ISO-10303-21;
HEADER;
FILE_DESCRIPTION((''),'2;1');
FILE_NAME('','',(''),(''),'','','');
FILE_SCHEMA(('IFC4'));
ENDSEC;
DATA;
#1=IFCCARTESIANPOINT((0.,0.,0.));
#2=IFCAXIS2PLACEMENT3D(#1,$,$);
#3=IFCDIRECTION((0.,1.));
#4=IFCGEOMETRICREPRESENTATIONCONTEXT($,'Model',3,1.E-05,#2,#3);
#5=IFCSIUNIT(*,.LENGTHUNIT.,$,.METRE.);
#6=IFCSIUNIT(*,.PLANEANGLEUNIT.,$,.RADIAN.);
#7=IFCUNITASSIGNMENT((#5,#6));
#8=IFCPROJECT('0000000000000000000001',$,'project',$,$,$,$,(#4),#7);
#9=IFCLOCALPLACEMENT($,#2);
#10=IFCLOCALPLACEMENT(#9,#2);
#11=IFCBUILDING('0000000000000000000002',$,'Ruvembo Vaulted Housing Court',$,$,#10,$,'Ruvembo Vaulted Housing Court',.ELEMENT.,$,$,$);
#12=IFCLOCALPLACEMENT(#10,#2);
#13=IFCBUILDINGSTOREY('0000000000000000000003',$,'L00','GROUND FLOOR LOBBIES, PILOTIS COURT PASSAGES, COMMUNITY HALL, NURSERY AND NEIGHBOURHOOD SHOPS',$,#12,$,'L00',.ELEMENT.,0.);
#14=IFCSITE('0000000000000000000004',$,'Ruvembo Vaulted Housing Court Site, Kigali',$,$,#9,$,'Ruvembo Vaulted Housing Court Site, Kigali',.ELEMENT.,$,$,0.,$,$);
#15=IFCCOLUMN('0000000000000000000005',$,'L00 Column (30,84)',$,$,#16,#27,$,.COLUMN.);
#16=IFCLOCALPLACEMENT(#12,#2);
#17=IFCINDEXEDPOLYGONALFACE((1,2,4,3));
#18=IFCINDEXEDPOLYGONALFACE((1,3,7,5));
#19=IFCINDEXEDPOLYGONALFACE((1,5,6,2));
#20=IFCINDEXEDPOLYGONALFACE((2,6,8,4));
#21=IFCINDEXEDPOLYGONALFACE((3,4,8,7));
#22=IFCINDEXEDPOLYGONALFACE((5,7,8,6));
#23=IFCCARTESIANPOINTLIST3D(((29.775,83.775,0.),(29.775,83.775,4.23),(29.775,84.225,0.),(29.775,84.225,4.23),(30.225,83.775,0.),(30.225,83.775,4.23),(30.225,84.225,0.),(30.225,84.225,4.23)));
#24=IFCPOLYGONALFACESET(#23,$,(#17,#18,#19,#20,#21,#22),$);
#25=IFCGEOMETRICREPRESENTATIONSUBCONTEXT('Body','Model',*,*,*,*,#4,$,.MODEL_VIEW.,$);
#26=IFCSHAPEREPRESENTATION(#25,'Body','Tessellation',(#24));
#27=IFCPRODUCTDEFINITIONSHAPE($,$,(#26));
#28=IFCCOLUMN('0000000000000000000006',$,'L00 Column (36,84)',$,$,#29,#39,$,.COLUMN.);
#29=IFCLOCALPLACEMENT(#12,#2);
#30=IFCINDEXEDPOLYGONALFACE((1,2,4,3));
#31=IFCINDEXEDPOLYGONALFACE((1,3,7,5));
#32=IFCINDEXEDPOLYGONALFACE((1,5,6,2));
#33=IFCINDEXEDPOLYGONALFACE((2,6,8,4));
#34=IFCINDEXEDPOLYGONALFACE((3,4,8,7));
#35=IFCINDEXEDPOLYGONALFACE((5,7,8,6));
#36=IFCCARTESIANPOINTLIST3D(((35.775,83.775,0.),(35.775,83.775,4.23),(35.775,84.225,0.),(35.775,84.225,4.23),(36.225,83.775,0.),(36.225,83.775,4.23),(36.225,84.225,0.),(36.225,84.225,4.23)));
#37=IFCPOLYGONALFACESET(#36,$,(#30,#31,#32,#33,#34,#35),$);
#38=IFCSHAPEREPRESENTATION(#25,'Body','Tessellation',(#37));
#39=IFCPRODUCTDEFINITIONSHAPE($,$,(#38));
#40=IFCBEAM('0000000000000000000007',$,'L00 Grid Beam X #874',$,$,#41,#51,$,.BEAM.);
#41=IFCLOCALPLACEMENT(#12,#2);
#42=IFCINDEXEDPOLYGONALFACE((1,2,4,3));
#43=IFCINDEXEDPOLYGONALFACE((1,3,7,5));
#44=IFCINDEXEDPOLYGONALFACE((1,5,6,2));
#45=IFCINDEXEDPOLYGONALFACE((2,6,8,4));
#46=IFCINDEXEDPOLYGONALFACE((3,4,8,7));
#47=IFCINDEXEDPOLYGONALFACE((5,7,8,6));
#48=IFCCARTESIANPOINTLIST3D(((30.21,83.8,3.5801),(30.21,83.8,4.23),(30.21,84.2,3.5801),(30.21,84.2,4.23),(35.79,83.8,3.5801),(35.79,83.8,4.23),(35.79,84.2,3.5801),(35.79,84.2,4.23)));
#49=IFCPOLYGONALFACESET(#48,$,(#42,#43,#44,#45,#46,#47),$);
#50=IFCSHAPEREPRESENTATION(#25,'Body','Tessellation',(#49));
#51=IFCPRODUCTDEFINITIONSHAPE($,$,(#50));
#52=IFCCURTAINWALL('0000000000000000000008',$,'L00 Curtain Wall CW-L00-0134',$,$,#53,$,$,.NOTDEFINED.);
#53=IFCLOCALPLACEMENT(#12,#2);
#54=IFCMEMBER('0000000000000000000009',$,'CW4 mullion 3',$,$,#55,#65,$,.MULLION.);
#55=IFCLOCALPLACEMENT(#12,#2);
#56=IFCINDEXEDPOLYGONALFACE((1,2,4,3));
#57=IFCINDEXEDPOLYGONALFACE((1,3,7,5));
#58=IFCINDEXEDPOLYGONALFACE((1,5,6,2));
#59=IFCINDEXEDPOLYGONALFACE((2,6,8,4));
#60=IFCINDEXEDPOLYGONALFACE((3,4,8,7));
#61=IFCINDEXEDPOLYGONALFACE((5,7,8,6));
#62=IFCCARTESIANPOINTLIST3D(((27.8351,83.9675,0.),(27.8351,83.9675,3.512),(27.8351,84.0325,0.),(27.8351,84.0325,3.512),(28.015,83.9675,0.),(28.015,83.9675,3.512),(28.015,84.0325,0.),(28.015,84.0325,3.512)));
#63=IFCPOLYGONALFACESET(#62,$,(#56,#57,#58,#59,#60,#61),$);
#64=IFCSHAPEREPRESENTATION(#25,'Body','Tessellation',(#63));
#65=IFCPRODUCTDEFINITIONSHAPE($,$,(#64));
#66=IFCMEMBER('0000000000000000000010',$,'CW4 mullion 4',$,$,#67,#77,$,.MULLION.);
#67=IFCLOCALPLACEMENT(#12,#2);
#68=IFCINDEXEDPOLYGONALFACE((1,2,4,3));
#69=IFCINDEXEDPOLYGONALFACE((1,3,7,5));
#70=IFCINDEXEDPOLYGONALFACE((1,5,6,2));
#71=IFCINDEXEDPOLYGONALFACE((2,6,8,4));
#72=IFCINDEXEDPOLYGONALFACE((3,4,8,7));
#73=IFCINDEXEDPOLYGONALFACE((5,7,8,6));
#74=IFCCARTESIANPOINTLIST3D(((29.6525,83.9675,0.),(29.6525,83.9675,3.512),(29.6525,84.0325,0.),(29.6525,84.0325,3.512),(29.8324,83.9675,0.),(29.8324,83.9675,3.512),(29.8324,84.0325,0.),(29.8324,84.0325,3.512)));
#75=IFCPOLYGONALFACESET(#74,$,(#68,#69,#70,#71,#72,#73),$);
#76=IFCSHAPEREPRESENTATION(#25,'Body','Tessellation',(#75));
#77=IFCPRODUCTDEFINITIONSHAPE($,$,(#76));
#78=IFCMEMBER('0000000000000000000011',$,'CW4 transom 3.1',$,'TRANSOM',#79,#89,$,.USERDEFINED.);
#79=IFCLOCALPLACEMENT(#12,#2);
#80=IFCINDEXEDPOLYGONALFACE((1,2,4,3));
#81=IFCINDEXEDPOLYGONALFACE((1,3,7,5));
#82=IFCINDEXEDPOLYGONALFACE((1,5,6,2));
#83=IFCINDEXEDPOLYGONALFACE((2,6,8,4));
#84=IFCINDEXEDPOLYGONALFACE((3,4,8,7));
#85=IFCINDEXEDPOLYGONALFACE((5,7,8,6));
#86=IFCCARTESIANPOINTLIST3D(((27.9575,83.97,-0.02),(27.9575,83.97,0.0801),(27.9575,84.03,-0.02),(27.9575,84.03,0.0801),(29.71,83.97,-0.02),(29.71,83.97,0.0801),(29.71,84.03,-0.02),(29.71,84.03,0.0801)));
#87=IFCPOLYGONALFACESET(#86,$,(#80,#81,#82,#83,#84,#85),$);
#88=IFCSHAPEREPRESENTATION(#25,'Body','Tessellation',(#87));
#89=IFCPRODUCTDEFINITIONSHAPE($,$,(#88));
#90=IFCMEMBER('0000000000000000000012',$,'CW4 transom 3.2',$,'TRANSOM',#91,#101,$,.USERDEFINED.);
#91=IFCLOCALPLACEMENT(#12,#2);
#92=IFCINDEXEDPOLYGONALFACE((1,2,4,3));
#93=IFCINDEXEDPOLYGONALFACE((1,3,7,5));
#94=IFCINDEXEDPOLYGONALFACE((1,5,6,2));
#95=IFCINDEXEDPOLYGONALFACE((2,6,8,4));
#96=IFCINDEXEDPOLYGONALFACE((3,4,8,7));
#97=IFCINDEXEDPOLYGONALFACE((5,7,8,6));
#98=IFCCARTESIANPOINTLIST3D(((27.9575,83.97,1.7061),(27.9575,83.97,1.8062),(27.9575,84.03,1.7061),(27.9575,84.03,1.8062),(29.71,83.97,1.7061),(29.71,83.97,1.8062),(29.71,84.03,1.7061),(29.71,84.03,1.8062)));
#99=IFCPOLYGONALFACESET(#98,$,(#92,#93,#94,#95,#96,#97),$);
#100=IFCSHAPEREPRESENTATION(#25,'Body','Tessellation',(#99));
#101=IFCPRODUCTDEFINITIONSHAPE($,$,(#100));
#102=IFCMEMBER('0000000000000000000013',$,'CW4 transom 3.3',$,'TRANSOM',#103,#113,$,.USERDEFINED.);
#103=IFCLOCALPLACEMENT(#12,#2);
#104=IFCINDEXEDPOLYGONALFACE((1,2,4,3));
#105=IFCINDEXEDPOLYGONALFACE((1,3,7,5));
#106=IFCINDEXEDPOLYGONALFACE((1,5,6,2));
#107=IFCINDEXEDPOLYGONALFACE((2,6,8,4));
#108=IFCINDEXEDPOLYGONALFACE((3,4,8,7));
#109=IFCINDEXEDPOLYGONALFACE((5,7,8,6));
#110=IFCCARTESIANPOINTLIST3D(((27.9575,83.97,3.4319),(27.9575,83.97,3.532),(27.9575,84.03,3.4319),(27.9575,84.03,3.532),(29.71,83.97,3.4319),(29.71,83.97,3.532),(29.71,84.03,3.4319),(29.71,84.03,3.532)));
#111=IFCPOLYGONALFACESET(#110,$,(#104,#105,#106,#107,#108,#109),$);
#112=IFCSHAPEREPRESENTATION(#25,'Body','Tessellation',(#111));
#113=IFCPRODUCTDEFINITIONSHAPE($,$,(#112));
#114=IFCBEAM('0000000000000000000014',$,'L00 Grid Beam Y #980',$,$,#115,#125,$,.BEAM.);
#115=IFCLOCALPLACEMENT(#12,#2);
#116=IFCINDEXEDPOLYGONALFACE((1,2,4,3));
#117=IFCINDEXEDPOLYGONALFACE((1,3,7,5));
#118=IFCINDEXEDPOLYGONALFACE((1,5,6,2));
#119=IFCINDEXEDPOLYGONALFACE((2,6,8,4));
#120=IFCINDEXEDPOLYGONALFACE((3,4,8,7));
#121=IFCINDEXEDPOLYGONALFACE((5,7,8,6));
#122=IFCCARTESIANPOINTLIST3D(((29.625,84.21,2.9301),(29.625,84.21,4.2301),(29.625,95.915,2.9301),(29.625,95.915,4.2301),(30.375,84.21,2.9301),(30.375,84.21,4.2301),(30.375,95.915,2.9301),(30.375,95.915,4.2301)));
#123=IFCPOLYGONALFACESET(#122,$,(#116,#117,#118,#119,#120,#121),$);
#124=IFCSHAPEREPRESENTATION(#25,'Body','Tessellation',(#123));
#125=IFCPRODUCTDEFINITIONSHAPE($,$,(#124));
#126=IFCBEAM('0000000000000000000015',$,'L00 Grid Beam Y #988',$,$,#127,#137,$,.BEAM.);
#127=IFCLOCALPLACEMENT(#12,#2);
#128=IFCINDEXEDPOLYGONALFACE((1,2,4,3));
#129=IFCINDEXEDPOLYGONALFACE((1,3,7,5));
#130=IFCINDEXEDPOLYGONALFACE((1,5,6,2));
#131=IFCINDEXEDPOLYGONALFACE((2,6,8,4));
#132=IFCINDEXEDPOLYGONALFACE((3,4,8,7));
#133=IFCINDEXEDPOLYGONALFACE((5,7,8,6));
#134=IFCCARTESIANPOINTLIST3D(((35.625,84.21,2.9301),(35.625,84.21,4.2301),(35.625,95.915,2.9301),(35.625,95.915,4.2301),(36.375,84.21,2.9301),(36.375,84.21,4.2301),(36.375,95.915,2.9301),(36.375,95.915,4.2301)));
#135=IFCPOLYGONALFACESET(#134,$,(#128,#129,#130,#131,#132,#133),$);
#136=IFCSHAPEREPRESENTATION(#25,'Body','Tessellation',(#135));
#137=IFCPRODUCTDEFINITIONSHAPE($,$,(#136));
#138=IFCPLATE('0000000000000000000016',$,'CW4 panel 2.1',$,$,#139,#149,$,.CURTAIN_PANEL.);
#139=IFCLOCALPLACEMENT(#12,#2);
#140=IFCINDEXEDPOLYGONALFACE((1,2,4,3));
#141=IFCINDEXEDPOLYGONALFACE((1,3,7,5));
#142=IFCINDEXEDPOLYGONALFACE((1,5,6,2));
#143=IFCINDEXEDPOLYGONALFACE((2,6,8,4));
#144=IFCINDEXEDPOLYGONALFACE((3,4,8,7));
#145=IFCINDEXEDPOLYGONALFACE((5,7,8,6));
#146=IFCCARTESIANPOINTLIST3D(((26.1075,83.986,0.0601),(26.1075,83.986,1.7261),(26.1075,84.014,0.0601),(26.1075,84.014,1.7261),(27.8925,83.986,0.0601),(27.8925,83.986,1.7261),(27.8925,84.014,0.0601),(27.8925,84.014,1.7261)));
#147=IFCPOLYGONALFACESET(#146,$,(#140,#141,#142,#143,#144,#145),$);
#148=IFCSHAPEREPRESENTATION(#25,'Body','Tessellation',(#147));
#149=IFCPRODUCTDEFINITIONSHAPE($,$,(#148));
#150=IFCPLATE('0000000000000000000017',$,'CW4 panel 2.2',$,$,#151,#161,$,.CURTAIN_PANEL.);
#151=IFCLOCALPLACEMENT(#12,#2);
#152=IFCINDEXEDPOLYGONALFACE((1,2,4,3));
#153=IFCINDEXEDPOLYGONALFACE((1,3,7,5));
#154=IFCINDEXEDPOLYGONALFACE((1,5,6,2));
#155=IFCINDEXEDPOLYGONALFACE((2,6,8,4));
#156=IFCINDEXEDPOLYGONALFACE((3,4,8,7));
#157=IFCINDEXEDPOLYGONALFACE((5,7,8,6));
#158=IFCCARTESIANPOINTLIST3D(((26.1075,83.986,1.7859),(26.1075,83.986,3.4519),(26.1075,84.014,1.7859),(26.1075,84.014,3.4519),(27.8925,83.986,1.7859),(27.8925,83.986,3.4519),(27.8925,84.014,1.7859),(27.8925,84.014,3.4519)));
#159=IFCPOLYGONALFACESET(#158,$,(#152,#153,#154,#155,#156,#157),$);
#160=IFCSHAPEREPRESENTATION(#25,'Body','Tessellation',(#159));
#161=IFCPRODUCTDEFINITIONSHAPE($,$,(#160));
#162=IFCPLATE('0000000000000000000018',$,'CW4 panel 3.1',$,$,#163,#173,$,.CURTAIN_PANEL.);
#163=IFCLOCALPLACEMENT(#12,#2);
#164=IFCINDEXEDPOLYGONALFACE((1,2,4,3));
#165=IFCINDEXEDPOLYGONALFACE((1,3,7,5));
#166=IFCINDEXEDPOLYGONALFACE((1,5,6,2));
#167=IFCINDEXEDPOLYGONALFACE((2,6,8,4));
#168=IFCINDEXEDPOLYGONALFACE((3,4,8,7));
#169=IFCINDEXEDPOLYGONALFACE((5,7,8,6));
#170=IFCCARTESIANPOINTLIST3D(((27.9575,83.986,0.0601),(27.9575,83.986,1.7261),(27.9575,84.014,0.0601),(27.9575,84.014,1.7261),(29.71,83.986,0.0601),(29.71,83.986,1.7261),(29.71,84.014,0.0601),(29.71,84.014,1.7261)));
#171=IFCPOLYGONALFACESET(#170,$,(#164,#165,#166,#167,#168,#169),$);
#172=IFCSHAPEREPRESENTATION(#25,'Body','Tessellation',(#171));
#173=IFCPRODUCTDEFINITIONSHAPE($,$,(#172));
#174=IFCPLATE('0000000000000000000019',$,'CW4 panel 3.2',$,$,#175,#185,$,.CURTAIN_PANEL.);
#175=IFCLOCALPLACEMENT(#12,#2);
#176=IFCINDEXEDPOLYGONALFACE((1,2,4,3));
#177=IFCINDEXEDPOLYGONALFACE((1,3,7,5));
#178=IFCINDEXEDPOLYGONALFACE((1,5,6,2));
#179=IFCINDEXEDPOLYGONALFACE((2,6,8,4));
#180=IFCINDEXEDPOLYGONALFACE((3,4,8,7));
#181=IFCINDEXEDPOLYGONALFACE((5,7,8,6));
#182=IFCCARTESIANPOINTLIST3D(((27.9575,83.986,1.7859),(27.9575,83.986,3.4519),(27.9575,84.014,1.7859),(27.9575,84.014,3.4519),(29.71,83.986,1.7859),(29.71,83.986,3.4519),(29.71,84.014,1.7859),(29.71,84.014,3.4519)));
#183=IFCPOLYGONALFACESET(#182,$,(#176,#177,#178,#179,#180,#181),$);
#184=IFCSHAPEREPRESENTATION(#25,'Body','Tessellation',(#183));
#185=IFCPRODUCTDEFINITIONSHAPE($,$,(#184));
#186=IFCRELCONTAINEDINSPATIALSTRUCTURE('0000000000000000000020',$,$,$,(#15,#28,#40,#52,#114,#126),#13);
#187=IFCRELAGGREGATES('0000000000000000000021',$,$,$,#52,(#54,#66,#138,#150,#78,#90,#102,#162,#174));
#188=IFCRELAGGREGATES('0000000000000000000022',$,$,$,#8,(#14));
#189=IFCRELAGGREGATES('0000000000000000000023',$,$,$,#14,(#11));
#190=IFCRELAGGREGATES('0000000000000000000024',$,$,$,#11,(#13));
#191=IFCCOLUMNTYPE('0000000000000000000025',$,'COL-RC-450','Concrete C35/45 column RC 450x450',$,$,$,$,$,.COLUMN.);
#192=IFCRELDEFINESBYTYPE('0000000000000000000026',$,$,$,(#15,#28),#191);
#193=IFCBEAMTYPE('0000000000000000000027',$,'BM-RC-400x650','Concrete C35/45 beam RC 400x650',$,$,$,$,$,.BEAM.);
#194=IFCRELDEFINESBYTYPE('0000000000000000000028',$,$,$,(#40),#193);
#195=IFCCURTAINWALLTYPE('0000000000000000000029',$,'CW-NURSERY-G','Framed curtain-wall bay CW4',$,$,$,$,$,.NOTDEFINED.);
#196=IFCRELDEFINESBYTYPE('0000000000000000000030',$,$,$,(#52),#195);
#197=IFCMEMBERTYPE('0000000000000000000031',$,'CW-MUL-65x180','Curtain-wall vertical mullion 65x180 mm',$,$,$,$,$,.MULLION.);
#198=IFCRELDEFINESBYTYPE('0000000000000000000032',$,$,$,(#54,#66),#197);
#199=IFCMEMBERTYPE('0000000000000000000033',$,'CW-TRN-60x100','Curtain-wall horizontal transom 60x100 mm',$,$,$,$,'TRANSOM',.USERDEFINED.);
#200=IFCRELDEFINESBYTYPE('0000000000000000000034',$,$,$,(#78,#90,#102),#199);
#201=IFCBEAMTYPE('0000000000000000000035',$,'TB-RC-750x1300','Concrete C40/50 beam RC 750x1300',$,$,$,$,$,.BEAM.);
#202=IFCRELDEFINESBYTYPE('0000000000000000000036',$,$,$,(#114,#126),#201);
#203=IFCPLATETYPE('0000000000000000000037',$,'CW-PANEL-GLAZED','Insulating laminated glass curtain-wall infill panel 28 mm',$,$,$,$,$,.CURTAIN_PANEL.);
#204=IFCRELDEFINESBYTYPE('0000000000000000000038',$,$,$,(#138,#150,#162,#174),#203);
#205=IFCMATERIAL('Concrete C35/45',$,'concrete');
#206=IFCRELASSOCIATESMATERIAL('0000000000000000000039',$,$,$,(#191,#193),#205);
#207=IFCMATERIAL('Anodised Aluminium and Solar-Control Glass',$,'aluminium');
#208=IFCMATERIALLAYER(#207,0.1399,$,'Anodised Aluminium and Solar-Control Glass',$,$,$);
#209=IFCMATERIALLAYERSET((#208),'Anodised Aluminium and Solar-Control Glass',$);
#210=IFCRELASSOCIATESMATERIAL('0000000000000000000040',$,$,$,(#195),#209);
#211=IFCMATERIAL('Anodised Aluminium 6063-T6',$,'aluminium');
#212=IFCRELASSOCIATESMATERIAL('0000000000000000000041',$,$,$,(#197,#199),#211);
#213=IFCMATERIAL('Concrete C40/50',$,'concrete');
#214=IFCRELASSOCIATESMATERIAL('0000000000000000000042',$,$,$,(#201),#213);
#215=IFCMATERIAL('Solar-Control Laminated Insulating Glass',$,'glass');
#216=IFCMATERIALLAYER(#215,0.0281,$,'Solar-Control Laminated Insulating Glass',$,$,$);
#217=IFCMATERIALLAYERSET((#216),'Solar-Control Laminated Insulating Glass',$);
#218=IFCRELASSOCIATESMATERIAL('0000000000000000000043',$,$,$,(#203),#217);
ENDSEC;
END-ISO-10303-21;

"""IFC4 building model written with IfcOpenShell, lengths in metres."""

from ifc_helpers import new_model, si_unit, direction, frame, origin, origin_2d, place, context, subcontext, project, spatial, rectangle, extrude, material, layer, layer_set, material_profile, profile_set, type_object, element, aggregate, save


model = new_model("IFC4")

# Units and contexts
model_context = context("Model", 3, precision=1e-05, world=origin(), true_north=direction((0.0, 1.0)))
body_context = subcontext(model_context, "Body", "Model", "MODEL_VIEW")
ifc_project = project(units=[si_unit("LENGTHUNIT", "METRE"), si_unit("PLANEANGLEUNIT", "RADIAN")], contexts=[model_context])

# Site, building, storey
site_placement = place(None, origin())
site = spatial("IfcSite", under=ifc_project, at=site_placement, Name="Ruvembo Vaulted Housing Court Site, Kigali", LongName="Ruvembo Vaulted Housing Court Site, Kigali", CompositionType="ELEMENT", RefElevation=0.0)
building_placement = place(site_placement, origin())
building = spatial("IfcBuilding", under=site, at=building_placement, Name="Ruvembo Vaulted Housing Court", LongName="Ruvembo Vaulted Housing Court", CompositionType="ELEMENT")
storey_placement = place(building_placement, origin())
storey = spatial("IfcBuildingStorey", under=building, at=storey_placement, Name="L00", Description="GROUND FLOOR LOBBIES, PILOTIS COURT PASSAGES, COMMUNITY HALL, NURSERY AND NEIGHBOURHOOD SHOPS", LongName="L00", CompositionType="ELEMENT", Elevation=0.0)

# Columns
ifc_material_1 = material(Name="Concrete C35/45", Category="concrete")
ifc_material_profile_1 = material_profile(ifc_material_1, rectangle(XDim=0.45, YDim=0.45, at=origin_2d()), Name="RC 450x450")
ifc_profile_set_1 = profile_set([ifc_material_profile_1], Name="Concrete C35/45")
column_type = type_object("IfcColumnType", Name="COL-RC-450", Description="Concrete C35/45 column RC 450x450", PredefinedType="COLUMN", material=ifc_profile_set_1)
for number, where, z_axis, x_axis, name in (
    (1, (30.0, 84.0, 0.0), (0.0, 0.0, 1.0), (1.0, 0.0, 0.0), "L00 Column (30,84)"),
    (2, (36.0, 84.0, 0.0), (0.0, 0.0, 1.0), (1.0, 0.0, 0.0), "L00 Column (36,84)"),
):
    element("IfcColumn", number, at=place(storey_placement, frame(where, z_axis=z_axis, x_axis=x_axis)), inside=storey, type_object=column_type, Name=name, PredefinedType="COLUMN", context=body_context, shape_type="SweptSolid", body=[
        extrude(rectangle(XDim=0.45, YDim=0.45, at=origin_2d()), origin(), (0.0, 0.0, 1.0), 4.23),
    ])

# Beam
ifc_material_profile_2 = material_profile(ifc_material_1, rectangle(XDim=0.3999, YDim=0.6499, at=origin_2d()), Name="RC 400x650")
ifc_profile_set_2 = profile_set([ifc_material_profile_2], Name="Concrete C35/45")
beam_type_1 = type_object("IfcBeamType", Name="BM-RC-400x650", Description="Concrete C35/45 beam RC 400x650", PredefinedType="BEAM", material=ifc_profile_set_2)
beam_placement = place(storey_placement, frame((30.21, 84.0, 3.905), z_axis=(1.0, 0.0, 0.0), x_axis=(0.0, 1.0, 0.0)))
element("IfcBeam", 3, at=beam_placement, inside=storey, type_object=beam_type_1, Name="L00 Grid Beam X #874", PredefinedType="BEAM", context=body_context, shape_type="SweptSolid", body=[
    extrude(rectangle(XDim=0.3999, YDim=0.6499, at=origin_2d()), origin(), (0.0, 0.0, 1.0), 5.5801),
])

# Curtain wall, members
ifc_material_2 = material(Name="Anodised Aluminium and Solar-Control Glass", Category="aluminium")
ifc_layer_1 = layer(ifc_material_2, 0.1399, Name="Anodised Aluminium and Solar-Control Glass")
ifc_layer_set_1 = layer_set([ifc_layer_1], Name="Anodised Aluminium and Solar-Control Glass")
curtain_wall_type = type_object("IfcCurtainWallType", Name="CW-NURSERY-G", Description="Framed curtain-wall bay CW4", PredefinedType="NOTDEFINED", material=ifc_layer_set_1)
curtain_wall_placement = place(storey_placement, origin())
curtain_wall = element("IfcCurtainWall", 4, at=curtain_wall_placement, inside=storey, type_object=curtain_wall_type, Name="L00 Curtain Wall CW-L00-0134", PredefinedType="NOTDEFINED")
ifc_material_3 = material(Name="Anodised Aluminium 6063-T6", Category="aluminium")
ifc_material_profile_3 = material_profile(ifc_material_3, rectangle(XDim=0.0649, YDim=0.1799, at=origin_2d()), Name="ALU 65x180")
ifc_profile_set_3 = profile_set([ifc_material_profile_3], Name="Anodised Aluminium 6063-T6")
member_type_1 = type_object("IfcMemberType", Name="CW-MUL-65x180", Description="Curtain-wall vertical mullion 65x180 mm", PredefinedType="MULLION", material=ifc_profile_set_3)
member_1_placement = place(storey_placement, frame((27.925, 84.0, 0.0), z_axis=(0.0, 0.0, 1.0), x_axis=(0.0, 1.0, 0.0)))
member_1 = element("IfcMember", 5, at=member_1_placement, type_object=member_type_1, Name="CW4 mullion 3", PredefinedType="MULLION", context=body_context, shape_type="SweptSolid", body=[
    extrude(rectangle(XDim=0.0649, YDim=0.1799, at=origin_2d()), origin(), (0.0, 0.0, 1.0), 3.512),
])
member_2_placement = place(storey_placement, frame((29.7424, 84.0, 0.0), z_axis=(0.0, 0.0, 1.0), x_axis=(0.0, 1.0, 0.0)))
member_2 = element("IfcMember", 6, at=member_2_placement, type_object=member_type_1, Name="CW4 mullion 4", PredefinedType="MULLION", context=body_context, shape_type="SweptSolid", body=[
    extrude(rectangle(XDim=0.0649, YDim=0.1799, at=origin_2d()), origin(), (0.0, 0.0, 1.0), 3.512),
])
ifc_material_profile_4 = material_profile(ifc_material_3, rectangle(XDim=0.0601, YDim=0.1001, at=origin_2d()), Name="ALU 60x100")
ifc_profile_set_4 = profile_set([ifc_material_profile_4], Name="Anodised Aluminium 6063-T6")
member_type_2 = type_object("IfcMemberType", Name="CW-TRN-60x100", Description="Curtain-wall horizontal transom 60x100 mm", ElementType="TRANSOM", PredefinedType="USERDEFINED", material=ifc_profile_set_4)
member_3_placement = place(storey_placement, frame((27.9575, 84.0, 0.03), z_axis=(1.0, 0.0, 0.0), x_axis=(0.0, 1.0, 0.0)))
member_3 = element("IfcMember", 7, at=member_3_placement, type_object=member_type_2, Name="CW4 transom 3.1", ObjectType="TRANSOM", PredefinedType="USERDEFINED", context=body_context, shape_type="SweptSolid", body=[
    extrude(rectangle(XDim=0.0601, YDim=0.1001, at=origin_2d()), origin(), (0.0, 0.0, 1.0), 1.7524),
])
member_4_placement = place(storey_placement, frame((27.9575, 84.0, 1.7561), z_axis=(1.0, 0.0, 0.0), x_axis=(0.0, 1.0, 0.0)))
member_4 = element("IfcMember", 8, at=member_4_placement, type_object=member_type_2, Name="CW4 transom 3.2", ObjectType="TRANSOM", PredefinedType="USERDEFINED", context=body_context, shape_type="SweptSolid", body=[
    extrude(rectangle(XDim=0.0601, YDim=0.1001, at=origin_2d()), origin(), (0.0, 0.0, 1.0), 1.7524),
])
member_5_placement = place(storey_placement, frame((27.9575, 84.0, 3.4819), z_axis=(1.0, 0.0, 0.0), x_axis=(0.0, 1.0, 0.0)))
member_5 = element("IfcMember", 9, at=member_5_placement, type_object=member_type_2, Name="CW4 transom 3.3", ObjectType="TRANSOM", PredefinedType="USERDEFINED", context=body_context, shape_type="SweptSolid", body=[
    extrude(rectangle(XDim=0.0601, YDim=0.1001, at=origin_2d()), origin(), (0.0, 0.0, 1.0), 1.7524),
])

# Beams
ifc_material_4 = material(Name="Concrete C40/50", Category="concrete")
ifc_material_profile_5 = material_profile(ifc_material_4, rectangle(XDim=0.75, YDim=1.3, at=origin_2d()), Name="RC 750x1300")
ifc_profile_set_5 = profile_set([ifc_material_profile_5], Name="Concrete C40/50")
beam_type_2 = type_object("IfcBeamType", Name="TB-RC-750x1300", Description="Concrete C40/50 beam RC 750x1300", PredefinedType="BEAM", material=ifc_profile_set_5)
for number, where, z_axis, x_axis, name in (
    (10, (30.0, 84.21, 3.5801), (0.0, 1.0, 0.0), (-1.0, 0.0, 0.0), "L00 Grid Beam Y #980"),
    (11, (36.0, 84.21, 3.5801), (0.0, 1.0, 0.0), (-1.0, 0.0, 0.0), "L00 Grid Beam Y #988"),
):
    element("IfcBeam", number, at=place(storey_placement, frame(where, z_axis=z_axis, x_axis=x_axis)), inside=storey, type_object=beam_type_2, Name=name, PredefinedType="BEAM", context=body_context, shape_type="SweptSolid", body=[
        extrude(rectangle(XDim=0.75, YDim=1.3, at=origin_2d()), origin(), (0.0, 0.0, 1.0), 11.7051),
    ])

# Plates
ifc_material_5 = material(Name="Solar-Control Laminated Insulating Glass", Category="glass")
ifc_layer_2 = layer(ifc_material_5, 0.0281, Name="Solar-Control Laminated Insulating Glass")
ifc_layer_set_2 = layer_set([ifc_layer_2], Name="Solar-Control Laminated Insulating Glass")
plate_type = type_object("IfcPlateType", Name="CW-PANEL-GLAZED", Description="Insulating laminated glass curtain-wall infill panel 28 mm", PredefinedType="CURTAIN_PANEL", material=ifc_layer_set_2)
plate_1_placement = place(storey_placement, frame((27.0, 84.0, 0.0601), z_axis=(0.0, 0.0, 1.0), x_axis=(1.0, 0.0, 0.0)))
plate_1 = element("IfcPlate", 12, at=plate_1_placement, type_object=plate_type, Name="CW4 panel 2.1", PredefinedType="CURTAIN_PANEL", context=body_context, shape_type="SweptSolid", body=[
    extrude(rectangle(XDim=1.7849, YDim=0.0281, at=origin_2d()), origin(), (0.0, 0.0, 1.0), 1.666),
])
plate_2_placement = place(storey_placement, frame((27.0, 84.0, 1.7859), z_axis=(0.0, 0.0, 1.0), x_axis=(1.0, 0.0, 0.0)))
plate_2 = element("IfcPlate", 13, at=plate_2_placement, type_object=plate_type, Name="CW4 panel 2.2", PredefinedType="CURTAIN_PANEL", context=body_context, shape_type="SweptSolid", body=[
    extrude(rectangle(XDim=1.7849, YDim=0.0281, at=origin_2d()), origin(), (0.0, 0.0, 1.0), 1.666),
])
plate_3_placement = place(storey_placement, frame((28.8337, 84.0, 0.0601), z_axis=(0.0, 0.0, 1.0), x_axis=(1.0, 0.0, 0.0)))
plate_3 = element("IfcPlate", 14, at=plate_3_placement, type_object=plate_type, Name="CW4 panel 3.1", PredefinedType="CURTAIN_PANEL", context=body_context, shape_type="SweptSolid", body=[
    extrude(rectangle(XDim=1.7524, YDim=0.0281, at=origin_2d()), origin(), (0.0, 0.0, 1.0), 1.666),
])
plate_4_placement = place(storey_placement, frame((28.8337, 84.0, 1.7859), z_axis=(0.0, 0.0, 1.0), x_axis=(1.0, 0.0, 0.0)))
plate_4 = element("IfcPlate", 15, at=plate_4_placement, type_object=plate_type, Name="CW4 panel 3.2", PredefinedType="CURTAIN_PANEL", context=body_context, shape_type="SweptSolid", body=[
    extrude(rectangle(XDim=1.7524, YDim=0.0281, at=origin_2d()), origin(), (0.0, 0.0, 1.0), 1.666),
])
aggregate(curtain_wall, [member_1, member_2, plate_1, plate_2, member_3, member_4, member_5, plate_3, plate_4])

save(model, "model.ifc")
